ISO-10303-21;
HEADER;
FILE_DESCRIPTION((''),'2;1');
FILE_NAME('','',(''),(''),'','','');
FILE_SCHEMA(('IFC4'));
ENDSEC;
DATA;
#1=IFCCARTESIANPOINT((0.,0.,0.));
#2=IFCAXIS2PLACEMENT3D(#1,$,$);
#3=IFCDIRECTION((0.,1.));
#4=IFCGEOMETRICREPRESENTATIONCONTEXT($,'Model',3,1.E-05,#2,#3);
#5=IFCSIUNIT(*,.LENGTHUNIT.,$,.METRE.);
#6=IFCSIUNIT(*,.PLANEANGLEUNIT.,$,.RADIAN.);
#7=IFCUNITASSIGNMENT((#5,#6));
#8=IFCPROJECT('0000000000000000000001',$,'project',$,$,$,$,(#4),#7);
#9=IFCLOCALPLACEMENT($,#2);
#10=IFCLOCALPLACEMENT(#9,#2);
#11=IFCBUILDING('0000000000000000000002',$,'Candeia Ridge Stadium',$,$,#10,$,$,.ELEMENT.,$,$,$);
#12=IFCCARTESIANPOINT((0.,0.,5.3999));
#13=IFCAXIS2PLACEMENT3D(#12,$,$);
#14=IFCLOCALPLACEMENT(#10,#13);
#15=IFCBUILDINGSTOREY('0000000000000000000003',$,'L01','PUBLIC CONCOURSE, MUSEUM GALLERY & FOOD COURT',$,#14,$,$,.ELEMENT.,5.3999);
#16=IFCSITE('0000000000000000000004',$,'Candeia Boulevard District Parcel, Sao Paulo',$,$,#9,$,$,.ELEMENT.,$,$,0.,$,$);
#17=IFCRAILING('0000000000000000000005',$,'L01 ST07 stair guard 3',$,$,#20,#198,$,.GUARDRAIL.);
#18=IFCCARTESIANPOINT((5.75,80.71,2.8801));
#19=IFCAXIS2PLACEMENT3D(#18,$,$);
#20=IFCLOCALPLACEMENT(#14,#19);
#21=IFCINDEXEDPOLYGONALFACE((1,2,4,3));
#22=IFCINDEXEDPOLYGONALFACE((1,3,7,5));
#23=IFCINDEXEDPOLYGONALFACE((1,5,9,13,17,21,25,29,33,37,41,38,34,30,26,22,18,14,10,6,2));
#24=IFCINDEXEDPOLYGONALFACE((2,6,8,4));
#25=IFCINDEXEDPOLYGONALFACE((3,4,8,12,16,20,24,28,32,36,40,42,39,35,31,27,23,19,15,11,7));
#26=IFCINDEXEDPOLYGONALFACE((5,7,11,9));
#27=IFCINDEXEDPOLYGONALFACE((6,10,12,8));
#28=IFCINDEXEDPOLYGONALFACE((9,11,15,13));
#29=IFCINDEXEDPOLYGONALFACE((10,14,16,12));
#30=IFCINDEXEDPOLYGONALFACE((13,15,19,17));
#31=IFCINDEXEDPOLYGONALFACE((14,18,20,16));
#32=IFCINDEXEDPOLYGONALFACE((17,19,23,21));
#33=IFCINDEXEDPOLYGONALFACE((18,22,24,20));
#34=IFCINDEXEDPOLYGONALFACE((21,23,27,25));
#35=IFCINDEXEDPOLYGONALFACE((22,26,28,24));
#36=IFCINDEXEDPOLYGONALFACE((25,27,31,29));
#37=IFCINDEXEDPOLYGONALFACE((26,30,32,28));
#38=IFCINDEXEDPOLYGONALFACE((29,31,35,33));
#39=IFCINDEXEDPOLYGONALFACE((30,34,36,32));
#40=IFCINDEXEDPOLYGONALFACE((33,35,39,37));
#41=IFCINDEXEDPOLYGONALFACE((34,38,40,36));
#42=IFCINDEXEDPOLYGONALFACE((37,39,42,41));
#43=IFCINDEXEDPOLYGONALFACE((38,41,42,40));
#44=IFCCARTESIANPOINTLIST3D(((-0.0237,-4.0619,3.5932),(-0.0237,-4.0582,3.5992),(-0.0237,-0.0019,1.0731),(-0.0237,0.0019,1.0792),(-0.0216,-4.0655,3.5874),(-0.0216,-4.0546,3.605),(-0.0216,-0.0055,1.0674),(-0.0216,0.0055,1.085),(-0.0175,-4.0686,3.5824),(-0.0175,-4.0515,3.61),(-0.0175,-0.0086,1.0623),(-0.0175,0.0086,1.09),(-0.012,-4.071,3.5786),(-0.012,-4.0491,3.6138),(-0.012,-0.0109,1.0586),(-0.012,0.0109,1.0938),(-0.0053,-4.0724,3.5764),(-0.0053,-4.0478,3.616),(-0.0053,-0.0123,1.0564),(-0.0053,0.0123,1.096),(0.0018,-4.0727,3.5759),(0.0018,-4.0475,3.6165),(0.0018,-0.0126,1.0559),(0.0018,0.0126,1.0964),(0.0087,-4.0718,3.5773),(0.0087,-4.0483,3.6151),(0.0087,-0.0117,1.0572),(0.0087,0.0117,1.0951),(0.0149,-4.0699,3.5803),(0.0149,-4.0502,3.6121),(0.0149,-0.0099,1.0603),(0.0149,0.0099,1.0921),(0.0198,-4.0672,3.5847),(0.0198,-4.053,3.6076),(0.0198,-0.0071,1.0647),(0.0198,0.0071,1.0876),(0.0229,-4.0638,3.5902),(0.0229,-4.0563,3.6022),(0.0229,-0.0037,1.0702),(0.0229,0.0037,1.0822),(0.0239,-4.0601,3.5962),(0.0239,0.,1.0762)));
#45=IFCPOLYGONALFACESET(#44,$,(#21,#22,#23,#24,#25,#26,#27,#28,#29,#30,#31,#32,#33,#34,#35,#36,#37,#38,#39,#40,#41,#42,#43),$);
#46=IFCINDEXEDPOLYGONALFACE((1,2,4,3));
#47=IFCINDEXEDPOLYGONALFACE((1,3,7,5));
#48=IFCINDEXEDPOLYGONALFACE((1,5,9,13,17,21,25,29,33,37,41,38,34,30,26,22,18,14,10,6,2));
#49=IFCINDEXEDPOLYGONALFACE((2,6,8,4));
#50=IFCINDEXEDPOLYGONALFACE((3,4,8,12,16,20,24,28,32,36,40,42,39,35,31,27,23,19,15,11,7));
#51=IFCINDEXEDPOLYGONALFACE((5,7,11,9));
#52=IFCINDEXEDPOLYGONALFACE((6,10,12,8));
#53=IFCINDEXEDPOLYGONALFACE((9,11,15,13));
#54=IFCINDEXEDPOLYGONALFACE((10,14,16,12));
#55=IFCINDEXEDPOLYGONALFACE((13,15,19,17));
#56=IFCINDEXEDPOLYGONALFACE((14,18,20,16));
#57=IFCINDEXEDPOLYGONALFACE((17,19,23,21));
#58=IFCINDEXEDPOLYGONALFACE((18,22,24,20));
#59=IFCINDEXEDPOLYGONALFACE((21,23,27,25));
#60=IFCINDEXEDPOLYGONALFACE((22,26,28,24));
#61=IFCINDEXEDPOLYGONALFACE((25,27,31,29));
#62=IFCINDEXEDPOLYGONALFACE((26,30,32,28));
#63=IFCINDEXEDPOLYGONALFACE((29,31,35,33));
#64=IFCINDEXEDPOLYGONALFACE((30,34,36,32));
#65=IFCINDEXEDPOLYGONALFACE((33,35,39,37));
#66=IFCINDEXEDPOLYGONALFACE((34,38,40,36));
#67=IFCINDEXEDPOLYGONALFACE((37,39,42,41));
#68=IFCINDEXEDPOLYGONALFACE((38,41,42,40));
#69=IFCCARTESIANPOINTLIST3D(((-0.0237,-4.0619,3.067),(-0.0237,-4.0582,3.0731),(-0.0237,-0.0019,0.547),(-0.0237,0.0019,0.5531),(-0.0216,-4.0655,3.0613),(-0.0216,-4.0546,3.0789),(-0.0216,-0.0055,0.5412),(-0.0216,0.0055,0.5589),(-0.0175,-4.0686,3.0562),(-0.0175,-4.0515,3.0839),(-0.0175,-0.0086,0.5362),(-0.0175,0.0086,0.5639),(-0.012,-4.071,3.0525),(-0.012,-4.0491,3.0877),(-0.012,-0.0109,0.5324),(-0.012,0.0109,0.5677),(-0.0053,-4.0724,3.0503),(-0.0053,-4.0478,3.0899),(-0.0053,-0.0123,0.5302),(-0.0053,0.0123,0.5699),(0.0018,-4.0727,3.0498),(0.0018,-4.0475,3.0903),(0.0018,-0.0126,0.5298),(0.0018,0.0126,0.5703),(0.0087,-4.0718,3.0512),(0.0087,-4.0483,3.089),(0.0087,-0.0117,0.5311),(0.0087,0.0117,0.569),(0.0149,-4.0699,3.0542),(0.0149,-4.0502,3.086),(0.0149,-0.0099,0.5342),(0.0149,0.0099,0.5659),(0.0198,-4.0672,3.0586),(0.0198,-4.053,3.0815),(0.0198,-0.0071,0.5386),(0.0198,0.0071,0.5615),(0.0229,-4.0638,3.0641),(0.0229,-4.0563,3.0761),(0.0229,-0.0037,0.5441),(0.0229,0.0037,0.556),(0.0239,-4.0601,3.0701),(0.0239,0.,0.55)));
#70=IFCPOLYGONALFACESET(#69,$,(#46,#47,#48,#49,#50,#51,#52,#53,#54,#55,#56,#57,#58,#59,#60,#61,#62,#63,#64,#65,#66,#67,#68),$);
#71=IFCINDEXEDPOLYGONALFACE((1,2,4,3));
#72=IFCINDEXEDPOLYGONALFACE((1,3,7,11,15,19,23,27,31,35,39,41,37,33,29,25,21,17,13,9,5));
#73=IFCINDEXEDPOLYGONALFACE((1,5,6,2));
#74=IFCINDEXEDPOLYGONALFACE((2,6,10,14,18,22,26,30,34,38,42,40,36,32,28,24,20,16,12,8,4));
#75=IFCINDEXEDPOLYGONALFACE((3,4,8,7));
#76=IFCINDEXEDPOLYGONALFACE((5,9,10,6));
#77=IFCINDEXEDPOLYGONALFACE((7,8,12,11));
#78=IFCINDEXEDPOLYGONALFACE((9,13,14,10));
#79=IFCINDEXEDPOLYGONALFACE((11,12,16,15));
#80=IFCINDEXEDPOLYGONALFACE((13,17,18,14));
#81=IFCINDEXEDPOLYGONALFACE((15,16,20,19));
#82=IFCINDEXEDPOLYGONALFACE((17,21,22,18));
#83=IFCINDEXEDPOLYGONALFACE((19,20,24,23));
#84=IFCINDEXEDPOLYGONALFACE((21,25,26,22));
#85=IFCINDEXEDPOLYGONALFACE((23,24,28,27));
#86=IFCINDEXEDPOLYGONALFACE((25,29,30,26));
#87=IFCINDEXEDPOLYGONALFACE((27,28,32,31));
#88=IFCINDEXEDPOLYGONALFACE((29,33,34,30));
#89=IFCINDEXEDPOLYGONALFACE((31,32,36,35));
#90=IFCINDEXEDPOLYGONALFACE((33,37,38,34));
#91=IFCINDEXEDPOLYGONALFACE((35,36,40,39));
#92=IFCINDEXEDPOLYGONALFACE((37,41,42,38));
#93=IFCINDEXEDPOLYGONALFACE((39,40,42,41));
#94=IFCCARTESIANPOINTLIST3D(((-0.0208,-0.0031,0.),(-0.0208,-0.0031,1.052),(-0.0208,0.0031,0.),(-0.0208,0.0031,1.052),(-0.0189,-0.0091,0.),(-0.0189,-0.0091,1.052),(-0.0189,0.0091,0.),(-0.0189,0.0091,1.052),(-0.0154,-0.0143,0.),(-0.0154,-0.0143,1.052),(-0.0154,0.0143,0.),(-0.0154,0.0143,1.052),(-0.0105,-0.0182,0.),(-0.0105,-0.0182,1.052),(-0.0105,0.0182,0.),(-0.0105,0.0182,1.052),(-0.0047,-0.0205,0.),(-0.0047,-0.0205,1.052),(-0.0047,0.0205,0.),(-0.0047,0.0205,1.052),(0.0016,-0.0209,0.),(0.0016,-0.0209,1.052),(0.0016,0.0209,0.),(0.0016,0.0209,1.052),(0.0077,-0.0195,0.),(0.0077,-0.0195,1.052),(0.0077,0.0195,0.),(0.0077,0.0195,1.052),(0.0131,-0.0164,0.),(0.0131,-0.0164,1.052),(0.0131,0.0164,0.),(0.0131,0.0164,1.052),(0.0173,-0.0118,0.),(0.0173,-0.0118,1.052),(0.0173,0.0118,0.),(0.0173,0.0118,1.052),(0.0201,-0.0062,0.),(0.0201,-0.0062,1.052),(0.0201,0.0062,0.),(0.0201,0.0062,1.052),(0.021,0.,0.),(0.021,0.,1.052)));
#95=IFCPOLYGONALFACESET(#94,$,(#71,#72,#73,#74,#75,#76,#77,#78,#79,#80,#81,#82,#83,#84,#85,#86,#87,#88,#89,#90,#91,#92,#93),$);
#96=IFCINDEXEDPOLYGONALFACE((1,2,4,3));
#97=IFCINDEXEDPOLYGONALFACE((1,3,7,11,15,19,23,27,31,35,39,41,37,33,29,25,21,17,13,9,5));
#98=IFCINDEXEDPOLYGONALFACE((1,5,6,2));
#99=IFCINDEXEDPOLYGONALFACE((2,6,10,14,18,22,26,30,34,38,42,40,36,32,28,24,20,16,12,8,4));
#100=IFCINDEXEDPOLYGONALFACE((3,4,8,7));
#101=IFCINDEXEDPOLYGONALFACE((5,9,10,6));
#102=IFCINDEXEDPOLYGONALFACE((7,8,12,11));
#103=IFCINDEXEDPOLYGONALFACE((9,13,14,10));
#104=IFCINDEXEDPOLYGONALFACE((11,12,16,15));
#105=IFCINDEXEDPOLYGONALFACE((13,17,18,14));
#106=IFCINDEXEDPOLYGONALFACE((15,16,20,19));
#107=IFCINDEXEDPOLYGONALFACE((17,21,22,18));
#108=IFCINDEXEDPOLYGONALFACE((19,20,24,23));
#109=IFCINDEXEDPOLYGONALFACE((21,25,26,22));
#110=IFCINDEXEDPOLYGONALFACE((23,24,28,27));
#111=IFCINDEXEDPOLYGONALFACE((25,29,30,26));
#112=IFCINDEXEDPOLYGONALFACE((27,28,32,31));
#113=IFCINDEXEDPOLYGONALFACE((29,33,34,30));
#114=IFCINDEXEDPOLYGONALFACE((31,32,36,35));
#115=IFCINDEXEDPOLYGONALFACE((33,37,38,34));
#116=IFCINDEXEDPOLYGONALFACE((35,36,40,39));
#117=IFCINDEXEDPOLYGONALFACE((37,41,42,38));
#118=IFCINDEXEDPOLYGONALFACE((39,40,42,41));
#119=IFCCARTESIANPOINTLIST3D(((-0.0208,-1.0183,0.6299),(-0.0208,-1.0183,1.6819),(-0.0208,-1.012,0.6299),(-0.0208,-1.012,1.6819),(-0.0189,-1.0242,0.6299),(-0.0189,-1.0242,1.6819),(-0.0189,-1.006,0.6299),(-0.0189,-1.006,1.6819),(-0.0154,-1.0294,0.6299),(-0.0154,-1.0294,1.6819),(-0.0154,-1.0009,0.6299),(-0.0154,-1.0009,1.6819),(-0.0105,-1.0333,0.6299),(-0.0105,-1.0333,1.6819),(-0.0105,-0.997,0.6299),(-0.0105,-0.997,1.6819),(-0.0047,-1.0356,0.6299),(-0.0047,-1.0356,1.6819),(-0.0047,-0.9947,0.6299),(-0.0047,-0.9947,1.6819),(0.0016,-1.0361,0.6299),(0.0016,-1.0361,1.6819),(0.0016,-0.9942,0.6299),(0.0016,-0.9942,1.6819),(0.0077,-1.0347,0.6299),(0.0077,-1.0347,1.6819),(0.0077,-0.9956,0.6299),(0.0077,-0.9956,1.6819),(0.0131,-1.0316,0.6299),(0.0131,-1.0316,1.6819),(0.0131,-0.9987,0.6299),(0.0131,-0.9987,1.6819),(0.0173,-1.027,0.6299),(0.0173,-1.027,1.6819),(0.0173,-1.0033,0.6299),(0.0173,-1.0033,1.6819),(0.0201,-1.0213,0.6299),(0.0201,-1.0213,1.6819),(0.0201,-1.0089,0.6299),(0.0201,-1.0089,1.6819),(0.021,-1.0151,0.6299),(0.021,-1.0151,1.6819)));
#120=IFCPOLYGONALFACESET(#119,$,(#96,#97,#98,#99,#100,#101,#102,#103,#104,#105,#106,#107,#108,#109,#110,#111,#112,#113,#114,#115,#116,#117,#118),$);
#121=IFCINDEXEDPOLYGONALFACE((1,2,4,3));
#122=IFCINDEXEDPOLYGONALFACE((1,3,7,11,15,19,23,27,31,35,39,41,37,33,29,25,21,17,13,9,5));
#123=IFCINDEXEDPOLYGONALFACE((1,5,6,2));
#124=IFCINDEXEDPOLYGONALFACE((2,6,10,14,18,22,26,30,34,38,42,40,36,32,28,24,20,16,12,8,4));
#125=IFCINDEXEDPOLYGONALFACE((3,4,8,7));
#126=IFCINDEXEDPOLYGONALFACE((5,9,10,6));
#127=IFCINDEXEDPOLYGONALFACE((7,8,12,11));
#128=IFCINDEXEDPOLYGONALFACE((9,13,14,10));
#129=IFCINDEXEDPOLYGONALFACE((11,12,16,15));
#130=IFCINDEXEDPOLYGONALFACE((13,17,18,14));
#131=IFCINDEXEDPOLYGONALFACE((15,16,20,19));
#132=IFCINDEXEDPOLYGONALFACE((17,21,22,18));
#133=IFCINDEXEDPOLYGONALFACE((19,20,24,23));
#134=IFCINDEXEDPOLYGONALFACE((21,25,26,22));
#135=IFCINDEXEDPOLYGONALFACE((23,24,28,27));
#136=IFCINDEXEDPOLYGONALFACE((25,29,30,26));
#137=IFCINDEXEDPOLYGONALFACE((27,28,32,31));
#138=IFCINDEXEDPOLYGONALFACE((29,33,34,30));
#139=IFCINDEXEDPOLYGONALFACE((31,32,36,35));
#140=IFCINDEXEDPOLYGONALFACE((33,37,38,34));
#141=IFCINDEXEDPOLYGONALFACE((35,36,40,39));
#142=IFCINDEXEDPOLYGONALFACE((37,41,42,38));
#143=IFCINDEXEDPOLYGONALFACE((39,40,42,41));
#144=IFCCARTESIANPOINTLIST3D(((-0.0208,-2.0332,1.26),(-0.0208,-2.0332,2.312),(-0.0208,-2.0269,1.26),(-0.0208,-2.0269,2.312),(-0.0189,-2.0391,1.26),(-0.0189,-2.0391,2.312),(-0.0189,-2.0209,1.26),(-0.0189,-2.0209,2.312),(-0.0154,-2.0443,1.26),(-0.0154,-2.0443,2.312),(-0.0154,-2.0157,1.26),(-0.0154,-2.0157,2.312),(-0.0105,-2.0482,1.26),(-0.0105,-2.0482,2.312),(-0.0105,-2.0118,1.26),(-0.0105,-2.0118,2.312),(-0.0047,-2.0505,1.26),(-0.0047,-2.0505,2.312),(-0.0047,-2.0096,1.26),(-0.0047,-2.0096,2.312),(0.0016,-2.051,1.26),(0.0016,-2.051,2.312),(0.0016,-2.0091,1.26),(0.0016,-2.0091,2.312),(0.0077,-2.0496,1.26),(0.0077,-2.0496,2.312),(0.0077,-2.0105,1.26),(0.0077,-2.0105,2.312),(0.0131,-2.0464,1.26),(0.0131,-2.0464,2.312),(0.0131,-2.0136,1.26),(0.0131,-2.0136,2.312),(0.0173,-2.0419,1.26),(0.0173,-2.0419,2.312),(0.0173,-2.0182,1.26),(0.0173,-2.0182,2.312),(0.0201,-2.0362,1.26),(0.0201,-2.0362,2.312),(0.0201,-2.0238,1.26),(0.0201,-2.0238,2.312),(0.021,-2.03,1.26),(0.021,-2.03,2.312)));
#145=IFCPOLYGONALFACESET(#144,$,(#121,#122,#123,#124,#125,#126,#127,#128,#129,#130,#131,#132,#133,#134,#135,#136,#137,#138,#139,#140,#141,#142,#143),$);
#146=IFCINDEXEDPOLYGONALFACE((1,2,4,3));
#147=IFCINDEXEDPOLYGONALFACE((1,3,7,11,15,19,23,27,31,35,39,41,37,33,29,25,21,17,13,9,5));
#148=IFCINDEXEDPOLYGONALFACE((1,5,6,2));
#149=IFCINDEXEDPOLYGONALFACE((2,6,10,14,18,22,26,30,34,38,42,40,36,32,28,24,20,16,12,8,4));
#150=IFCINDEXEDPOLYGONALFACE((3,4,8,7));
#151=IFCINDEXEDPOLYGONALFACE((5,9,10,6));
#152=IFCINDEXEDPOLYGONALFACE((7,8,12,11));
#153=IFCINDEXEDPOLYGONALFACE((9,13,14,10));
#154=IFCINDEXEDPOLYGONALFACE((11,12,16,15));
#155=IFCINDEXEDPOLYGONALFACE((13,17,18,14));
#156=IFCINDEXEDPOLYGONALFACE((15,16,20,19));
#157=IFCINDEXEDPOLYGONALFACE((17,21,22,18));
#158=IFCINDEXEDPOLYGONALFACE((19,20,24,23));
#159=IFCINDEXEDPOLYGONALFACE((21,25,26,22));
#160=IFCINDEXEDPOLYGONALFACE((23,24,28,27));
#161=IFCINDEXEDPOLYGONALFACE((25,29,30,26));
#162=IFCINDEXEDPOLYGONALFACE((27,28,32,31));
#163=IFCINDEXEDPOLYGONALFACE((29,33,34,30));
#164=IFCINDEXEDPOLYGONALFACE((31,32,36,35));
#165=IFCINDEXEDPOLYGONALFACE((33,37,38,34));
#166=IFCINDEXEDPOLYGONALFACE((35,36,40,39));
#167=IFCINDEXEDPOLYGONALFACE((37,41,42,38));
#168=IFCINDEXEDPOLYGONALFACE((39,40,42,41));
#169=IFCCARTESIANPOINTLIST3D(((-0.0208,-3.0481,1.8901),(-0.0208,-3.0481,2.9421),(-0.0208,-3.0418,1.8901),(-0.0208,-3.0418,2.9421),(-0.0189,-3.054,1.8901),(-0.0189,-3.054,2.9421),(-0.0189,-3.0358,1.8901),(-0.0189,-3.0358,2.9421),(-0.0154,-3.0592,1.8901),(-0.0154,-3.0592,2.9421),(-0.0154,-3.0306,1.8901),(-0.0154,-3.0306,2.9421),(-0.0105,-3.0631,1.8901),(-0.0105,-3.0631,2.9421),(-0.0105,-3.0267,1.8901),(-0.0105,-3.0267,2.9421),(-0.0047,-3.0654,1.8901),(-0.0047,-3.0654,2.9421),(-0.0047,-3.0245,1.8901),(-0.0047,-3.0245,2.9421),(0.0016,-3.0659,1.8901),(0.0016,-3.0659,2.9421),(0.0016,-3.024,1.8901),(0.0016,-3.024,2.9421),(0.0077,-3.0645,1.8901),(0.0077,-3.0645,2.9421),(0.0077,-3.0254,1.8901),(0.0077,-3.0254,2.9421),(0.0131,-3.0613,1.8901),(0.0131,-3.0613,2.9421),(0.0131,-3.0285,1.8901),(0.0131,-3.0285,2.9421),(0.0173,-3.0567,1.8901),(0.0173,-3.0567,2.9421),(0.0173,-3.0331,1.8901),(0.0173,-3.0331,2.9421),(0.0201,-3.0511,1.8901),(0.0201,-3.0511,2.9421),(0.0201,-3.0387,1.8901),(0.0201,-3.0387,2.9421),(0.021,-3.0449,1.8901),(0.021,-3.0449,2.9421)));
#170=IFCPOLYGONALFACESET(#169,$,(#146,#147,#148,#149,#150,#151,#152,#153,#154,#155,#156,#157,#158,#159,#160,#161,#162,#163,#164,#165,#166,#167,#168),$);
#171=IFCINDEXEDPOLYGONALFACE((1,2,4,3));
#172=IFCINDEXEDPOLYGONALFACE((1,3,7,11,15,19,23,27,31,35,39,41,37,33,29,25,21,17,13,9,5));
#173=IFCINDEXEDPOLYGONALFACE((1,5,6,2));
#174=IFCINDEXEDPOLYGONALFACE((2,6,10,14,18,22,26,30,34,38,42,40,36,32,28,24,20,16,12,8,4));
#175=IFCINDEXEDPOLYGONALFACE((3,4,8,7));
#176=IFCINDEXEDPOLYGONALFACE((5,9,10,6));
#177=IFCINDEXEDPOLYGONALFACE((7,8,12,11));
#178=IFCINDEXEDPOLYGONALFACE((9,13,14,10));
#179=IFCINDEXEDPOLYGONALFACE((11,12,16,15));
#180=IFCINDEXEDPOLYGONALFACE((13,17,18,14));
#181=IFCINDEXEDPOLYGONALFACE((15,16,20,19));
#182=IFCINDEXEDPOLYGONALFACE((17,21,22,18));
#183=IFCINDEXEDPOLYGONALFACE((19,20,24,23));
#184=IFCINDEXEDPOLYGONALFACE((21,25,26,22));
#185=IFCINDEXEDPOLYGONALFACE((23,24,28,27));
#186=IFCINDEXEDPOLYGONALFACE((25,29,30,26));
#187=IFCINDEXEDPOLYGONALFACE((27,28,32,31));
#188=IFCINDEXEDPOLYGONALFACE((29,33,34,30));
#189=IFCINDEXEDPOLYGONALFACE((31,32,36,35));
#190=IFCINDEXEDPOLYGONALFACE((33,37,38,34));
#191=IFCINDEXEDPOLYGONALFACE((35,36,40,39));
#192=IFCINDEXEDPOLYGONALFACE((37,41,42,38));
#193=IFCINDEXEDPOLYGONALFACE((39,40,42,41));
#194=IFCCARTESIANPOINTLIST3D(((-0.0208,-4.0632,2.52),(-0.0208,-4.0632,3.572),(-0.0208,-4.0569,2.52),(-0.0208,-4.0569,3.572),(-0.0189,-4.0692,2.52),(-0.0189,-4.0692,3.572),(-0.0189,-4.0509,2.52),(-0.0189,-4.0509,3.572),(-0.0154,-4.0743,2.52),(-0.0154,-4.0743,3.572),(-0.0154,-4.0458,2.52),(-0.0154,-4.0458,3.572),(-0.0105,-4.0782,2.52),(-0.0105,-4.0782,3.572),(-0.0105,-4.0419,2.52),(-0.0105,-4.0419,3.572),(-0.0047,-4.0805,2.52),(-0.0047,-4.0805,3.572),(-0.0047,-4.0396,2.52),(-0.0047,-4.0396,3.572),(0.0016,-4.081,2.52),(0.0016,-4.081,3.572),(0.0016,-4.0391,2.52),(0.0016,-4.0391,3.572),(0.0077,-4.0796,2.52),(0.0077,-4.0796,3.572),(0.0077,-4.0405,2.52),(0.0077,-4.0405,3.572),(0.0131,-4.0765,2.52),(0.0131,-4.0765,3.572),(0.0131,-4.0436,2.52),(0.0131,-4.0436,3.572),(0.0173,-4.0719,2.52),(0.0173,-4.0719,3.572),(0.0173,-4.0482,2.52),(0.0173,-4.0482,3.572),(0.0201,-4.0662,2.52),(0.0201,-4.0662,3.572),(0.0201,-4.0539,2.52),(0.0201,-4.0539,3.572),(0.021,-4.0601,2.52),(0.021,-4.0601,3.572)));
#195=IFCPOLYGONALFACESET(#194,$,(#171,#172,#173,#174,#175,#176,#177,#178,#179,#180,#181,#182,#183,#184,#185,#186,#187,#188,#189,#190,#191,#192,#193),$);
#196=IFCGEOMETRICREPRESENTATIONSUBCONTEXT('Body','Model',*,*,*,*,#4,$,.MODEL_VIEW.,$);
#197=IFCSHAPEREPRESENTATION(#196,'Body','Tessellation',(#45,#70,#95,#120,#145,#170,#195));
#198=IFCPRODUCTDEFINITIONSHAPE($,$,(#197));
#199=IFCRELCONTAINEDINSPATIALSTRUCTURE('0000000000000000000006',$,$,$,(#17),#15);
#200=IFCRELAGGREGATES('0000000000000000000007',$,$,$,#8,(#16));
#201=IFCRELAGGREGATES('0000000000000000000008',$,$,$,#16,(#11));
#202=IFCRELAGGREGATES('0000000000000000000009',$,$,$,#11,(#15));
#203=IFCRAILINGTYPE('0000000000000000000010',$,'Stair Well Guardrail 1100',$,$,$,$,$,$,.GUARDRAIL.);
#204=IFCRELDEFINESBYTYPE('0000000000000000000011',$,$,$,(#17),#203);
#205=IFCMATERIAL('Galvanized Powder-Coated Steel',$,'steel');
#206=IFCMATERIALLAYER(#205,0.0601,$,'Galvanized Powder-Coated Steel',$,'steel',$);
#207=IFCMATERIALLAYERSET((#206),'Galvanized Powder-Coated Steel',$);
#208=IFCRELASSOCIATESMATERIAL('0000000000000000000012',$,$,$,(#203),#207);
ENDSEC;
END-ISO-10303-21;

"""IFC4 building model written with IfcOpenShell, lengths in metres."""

from ifc_helpers import new_model, si_unit, direction, frame, origin, origin_2d, place, context, subcontext, project, spatial, circle, extrude, material, layer, layer_set, type_object, element, save


model = new_model("IFC4")

# Units and contexts
model_context = context("Model", 3, precision=1e-05, world=origin(), true_north=direction((0.0, 1.0)))
body_context = subcontext(model_context, "Body", "Model", "MODEL_VIEW")
ifc_project = project(units=[si_unit("LENGTHUNIT", "METRE"), si_unit("PLANEANGLEUNIT", "RADIAN")], contexts=[model_context])

# Site, building, storey
site_placement = place(None, origin())
site = spatial("IfcSite", under=ifc_project, at=site_placement, Name="Candeia Boulevard District Parcel, Sao Paulo", CompositionType="ELEMENT", RefElevation=0.0)
building_placement = place(site_placement, origin())
building = spatial("IfcBuilding", under=site, at=building_placement, Name="Candeia Ridge Stadium", CompositionType="ELEMENT")
storey_placement = place(building_placement, frame((0.0, 0.0, 5.3999)))
storey = spatial("IfcBuildingStorey", under=building, at=storey_placement, Name="L01", Description="PUBLIC CONCOURSE, MUSEUM GALLERY & FOOD COURT", CompositionType="ELEMENT", Elevation=5.3999)

# Railing
ifc_material_1 = material(Name="Galvanized Powder-Coated Steel", Category="steel")
ifc_layer_1 = layer(ifc_material_1, 0.0601, Name="Galvanized Powder-Coated Steel", Category="steel")
ifc_layer_set_1 = layer_set([ifc_layer_1], Name="Galvanized Powder-Coated Steel")
railing_type = type_object("IfcRailingType", Name="Stair Well Guardrail 1100", PredefinedType="GUARDRAIL", material=ifc_layer_set_1)
railing_1_placement = place(storey_placement, frame((5.75, 80.71, 2.8801)))
element("IfcRailing", 1, at=railing_1_placement, inside=storey, type_object=railing_type, Name="L01 ST07 stair guard 3", PredefinedType="GUARDRAIL", context=body_context, shape_type="SweptSolid", body=[
    extrude(circle(Radius=0.0239, at=origin_2d()), frame((0.0, 0.0, 1.0762), z_axis=(0.0, -0.849642, 0.52736), x_axis=(1.0, 0.0, 0.0)), (0.0, 0.0, 1.0), 4.7786),
    extrude(circle(Radius=0.0239, at=origin_2d()), frame((0.0, 0.0, 0.55), z_axis=(0.0, -0.849642, 0.52736), x_axis=(1.0, 0.0, 0.0)), (0.0, 0.0, 1.0), 4.7786),
    extrude(circle(Radius=0.021, at=origin_2d()), origin(), (0.0, 0.0, 1.0), 1.052),
    extrude(circle(Radius=0.021, at=origin_2d()), frame((0.0, -1.0151, 0.6299)), (0.0, 0.0, 1.0), 1.052),
    extrude(circle(Radius=0.021, at=origin_2d()), frame((0.0, -2.03, 1.26)), (0.0, 0.0, 1.0), 1.052),
    extrude(circle(Radius=0.021, at=origin_2d()), frame((0.0, -3.0449, 1.8901)), (0.0, 0.0, 1.0), 1.052),
    extrude(circle(Radius=0.021, at=origin_2d()), frame((0.0, -4.0601, 2.52)), (0.0, 0.0, 1.0), 1.052),
])

save(model, "model.ifc")
